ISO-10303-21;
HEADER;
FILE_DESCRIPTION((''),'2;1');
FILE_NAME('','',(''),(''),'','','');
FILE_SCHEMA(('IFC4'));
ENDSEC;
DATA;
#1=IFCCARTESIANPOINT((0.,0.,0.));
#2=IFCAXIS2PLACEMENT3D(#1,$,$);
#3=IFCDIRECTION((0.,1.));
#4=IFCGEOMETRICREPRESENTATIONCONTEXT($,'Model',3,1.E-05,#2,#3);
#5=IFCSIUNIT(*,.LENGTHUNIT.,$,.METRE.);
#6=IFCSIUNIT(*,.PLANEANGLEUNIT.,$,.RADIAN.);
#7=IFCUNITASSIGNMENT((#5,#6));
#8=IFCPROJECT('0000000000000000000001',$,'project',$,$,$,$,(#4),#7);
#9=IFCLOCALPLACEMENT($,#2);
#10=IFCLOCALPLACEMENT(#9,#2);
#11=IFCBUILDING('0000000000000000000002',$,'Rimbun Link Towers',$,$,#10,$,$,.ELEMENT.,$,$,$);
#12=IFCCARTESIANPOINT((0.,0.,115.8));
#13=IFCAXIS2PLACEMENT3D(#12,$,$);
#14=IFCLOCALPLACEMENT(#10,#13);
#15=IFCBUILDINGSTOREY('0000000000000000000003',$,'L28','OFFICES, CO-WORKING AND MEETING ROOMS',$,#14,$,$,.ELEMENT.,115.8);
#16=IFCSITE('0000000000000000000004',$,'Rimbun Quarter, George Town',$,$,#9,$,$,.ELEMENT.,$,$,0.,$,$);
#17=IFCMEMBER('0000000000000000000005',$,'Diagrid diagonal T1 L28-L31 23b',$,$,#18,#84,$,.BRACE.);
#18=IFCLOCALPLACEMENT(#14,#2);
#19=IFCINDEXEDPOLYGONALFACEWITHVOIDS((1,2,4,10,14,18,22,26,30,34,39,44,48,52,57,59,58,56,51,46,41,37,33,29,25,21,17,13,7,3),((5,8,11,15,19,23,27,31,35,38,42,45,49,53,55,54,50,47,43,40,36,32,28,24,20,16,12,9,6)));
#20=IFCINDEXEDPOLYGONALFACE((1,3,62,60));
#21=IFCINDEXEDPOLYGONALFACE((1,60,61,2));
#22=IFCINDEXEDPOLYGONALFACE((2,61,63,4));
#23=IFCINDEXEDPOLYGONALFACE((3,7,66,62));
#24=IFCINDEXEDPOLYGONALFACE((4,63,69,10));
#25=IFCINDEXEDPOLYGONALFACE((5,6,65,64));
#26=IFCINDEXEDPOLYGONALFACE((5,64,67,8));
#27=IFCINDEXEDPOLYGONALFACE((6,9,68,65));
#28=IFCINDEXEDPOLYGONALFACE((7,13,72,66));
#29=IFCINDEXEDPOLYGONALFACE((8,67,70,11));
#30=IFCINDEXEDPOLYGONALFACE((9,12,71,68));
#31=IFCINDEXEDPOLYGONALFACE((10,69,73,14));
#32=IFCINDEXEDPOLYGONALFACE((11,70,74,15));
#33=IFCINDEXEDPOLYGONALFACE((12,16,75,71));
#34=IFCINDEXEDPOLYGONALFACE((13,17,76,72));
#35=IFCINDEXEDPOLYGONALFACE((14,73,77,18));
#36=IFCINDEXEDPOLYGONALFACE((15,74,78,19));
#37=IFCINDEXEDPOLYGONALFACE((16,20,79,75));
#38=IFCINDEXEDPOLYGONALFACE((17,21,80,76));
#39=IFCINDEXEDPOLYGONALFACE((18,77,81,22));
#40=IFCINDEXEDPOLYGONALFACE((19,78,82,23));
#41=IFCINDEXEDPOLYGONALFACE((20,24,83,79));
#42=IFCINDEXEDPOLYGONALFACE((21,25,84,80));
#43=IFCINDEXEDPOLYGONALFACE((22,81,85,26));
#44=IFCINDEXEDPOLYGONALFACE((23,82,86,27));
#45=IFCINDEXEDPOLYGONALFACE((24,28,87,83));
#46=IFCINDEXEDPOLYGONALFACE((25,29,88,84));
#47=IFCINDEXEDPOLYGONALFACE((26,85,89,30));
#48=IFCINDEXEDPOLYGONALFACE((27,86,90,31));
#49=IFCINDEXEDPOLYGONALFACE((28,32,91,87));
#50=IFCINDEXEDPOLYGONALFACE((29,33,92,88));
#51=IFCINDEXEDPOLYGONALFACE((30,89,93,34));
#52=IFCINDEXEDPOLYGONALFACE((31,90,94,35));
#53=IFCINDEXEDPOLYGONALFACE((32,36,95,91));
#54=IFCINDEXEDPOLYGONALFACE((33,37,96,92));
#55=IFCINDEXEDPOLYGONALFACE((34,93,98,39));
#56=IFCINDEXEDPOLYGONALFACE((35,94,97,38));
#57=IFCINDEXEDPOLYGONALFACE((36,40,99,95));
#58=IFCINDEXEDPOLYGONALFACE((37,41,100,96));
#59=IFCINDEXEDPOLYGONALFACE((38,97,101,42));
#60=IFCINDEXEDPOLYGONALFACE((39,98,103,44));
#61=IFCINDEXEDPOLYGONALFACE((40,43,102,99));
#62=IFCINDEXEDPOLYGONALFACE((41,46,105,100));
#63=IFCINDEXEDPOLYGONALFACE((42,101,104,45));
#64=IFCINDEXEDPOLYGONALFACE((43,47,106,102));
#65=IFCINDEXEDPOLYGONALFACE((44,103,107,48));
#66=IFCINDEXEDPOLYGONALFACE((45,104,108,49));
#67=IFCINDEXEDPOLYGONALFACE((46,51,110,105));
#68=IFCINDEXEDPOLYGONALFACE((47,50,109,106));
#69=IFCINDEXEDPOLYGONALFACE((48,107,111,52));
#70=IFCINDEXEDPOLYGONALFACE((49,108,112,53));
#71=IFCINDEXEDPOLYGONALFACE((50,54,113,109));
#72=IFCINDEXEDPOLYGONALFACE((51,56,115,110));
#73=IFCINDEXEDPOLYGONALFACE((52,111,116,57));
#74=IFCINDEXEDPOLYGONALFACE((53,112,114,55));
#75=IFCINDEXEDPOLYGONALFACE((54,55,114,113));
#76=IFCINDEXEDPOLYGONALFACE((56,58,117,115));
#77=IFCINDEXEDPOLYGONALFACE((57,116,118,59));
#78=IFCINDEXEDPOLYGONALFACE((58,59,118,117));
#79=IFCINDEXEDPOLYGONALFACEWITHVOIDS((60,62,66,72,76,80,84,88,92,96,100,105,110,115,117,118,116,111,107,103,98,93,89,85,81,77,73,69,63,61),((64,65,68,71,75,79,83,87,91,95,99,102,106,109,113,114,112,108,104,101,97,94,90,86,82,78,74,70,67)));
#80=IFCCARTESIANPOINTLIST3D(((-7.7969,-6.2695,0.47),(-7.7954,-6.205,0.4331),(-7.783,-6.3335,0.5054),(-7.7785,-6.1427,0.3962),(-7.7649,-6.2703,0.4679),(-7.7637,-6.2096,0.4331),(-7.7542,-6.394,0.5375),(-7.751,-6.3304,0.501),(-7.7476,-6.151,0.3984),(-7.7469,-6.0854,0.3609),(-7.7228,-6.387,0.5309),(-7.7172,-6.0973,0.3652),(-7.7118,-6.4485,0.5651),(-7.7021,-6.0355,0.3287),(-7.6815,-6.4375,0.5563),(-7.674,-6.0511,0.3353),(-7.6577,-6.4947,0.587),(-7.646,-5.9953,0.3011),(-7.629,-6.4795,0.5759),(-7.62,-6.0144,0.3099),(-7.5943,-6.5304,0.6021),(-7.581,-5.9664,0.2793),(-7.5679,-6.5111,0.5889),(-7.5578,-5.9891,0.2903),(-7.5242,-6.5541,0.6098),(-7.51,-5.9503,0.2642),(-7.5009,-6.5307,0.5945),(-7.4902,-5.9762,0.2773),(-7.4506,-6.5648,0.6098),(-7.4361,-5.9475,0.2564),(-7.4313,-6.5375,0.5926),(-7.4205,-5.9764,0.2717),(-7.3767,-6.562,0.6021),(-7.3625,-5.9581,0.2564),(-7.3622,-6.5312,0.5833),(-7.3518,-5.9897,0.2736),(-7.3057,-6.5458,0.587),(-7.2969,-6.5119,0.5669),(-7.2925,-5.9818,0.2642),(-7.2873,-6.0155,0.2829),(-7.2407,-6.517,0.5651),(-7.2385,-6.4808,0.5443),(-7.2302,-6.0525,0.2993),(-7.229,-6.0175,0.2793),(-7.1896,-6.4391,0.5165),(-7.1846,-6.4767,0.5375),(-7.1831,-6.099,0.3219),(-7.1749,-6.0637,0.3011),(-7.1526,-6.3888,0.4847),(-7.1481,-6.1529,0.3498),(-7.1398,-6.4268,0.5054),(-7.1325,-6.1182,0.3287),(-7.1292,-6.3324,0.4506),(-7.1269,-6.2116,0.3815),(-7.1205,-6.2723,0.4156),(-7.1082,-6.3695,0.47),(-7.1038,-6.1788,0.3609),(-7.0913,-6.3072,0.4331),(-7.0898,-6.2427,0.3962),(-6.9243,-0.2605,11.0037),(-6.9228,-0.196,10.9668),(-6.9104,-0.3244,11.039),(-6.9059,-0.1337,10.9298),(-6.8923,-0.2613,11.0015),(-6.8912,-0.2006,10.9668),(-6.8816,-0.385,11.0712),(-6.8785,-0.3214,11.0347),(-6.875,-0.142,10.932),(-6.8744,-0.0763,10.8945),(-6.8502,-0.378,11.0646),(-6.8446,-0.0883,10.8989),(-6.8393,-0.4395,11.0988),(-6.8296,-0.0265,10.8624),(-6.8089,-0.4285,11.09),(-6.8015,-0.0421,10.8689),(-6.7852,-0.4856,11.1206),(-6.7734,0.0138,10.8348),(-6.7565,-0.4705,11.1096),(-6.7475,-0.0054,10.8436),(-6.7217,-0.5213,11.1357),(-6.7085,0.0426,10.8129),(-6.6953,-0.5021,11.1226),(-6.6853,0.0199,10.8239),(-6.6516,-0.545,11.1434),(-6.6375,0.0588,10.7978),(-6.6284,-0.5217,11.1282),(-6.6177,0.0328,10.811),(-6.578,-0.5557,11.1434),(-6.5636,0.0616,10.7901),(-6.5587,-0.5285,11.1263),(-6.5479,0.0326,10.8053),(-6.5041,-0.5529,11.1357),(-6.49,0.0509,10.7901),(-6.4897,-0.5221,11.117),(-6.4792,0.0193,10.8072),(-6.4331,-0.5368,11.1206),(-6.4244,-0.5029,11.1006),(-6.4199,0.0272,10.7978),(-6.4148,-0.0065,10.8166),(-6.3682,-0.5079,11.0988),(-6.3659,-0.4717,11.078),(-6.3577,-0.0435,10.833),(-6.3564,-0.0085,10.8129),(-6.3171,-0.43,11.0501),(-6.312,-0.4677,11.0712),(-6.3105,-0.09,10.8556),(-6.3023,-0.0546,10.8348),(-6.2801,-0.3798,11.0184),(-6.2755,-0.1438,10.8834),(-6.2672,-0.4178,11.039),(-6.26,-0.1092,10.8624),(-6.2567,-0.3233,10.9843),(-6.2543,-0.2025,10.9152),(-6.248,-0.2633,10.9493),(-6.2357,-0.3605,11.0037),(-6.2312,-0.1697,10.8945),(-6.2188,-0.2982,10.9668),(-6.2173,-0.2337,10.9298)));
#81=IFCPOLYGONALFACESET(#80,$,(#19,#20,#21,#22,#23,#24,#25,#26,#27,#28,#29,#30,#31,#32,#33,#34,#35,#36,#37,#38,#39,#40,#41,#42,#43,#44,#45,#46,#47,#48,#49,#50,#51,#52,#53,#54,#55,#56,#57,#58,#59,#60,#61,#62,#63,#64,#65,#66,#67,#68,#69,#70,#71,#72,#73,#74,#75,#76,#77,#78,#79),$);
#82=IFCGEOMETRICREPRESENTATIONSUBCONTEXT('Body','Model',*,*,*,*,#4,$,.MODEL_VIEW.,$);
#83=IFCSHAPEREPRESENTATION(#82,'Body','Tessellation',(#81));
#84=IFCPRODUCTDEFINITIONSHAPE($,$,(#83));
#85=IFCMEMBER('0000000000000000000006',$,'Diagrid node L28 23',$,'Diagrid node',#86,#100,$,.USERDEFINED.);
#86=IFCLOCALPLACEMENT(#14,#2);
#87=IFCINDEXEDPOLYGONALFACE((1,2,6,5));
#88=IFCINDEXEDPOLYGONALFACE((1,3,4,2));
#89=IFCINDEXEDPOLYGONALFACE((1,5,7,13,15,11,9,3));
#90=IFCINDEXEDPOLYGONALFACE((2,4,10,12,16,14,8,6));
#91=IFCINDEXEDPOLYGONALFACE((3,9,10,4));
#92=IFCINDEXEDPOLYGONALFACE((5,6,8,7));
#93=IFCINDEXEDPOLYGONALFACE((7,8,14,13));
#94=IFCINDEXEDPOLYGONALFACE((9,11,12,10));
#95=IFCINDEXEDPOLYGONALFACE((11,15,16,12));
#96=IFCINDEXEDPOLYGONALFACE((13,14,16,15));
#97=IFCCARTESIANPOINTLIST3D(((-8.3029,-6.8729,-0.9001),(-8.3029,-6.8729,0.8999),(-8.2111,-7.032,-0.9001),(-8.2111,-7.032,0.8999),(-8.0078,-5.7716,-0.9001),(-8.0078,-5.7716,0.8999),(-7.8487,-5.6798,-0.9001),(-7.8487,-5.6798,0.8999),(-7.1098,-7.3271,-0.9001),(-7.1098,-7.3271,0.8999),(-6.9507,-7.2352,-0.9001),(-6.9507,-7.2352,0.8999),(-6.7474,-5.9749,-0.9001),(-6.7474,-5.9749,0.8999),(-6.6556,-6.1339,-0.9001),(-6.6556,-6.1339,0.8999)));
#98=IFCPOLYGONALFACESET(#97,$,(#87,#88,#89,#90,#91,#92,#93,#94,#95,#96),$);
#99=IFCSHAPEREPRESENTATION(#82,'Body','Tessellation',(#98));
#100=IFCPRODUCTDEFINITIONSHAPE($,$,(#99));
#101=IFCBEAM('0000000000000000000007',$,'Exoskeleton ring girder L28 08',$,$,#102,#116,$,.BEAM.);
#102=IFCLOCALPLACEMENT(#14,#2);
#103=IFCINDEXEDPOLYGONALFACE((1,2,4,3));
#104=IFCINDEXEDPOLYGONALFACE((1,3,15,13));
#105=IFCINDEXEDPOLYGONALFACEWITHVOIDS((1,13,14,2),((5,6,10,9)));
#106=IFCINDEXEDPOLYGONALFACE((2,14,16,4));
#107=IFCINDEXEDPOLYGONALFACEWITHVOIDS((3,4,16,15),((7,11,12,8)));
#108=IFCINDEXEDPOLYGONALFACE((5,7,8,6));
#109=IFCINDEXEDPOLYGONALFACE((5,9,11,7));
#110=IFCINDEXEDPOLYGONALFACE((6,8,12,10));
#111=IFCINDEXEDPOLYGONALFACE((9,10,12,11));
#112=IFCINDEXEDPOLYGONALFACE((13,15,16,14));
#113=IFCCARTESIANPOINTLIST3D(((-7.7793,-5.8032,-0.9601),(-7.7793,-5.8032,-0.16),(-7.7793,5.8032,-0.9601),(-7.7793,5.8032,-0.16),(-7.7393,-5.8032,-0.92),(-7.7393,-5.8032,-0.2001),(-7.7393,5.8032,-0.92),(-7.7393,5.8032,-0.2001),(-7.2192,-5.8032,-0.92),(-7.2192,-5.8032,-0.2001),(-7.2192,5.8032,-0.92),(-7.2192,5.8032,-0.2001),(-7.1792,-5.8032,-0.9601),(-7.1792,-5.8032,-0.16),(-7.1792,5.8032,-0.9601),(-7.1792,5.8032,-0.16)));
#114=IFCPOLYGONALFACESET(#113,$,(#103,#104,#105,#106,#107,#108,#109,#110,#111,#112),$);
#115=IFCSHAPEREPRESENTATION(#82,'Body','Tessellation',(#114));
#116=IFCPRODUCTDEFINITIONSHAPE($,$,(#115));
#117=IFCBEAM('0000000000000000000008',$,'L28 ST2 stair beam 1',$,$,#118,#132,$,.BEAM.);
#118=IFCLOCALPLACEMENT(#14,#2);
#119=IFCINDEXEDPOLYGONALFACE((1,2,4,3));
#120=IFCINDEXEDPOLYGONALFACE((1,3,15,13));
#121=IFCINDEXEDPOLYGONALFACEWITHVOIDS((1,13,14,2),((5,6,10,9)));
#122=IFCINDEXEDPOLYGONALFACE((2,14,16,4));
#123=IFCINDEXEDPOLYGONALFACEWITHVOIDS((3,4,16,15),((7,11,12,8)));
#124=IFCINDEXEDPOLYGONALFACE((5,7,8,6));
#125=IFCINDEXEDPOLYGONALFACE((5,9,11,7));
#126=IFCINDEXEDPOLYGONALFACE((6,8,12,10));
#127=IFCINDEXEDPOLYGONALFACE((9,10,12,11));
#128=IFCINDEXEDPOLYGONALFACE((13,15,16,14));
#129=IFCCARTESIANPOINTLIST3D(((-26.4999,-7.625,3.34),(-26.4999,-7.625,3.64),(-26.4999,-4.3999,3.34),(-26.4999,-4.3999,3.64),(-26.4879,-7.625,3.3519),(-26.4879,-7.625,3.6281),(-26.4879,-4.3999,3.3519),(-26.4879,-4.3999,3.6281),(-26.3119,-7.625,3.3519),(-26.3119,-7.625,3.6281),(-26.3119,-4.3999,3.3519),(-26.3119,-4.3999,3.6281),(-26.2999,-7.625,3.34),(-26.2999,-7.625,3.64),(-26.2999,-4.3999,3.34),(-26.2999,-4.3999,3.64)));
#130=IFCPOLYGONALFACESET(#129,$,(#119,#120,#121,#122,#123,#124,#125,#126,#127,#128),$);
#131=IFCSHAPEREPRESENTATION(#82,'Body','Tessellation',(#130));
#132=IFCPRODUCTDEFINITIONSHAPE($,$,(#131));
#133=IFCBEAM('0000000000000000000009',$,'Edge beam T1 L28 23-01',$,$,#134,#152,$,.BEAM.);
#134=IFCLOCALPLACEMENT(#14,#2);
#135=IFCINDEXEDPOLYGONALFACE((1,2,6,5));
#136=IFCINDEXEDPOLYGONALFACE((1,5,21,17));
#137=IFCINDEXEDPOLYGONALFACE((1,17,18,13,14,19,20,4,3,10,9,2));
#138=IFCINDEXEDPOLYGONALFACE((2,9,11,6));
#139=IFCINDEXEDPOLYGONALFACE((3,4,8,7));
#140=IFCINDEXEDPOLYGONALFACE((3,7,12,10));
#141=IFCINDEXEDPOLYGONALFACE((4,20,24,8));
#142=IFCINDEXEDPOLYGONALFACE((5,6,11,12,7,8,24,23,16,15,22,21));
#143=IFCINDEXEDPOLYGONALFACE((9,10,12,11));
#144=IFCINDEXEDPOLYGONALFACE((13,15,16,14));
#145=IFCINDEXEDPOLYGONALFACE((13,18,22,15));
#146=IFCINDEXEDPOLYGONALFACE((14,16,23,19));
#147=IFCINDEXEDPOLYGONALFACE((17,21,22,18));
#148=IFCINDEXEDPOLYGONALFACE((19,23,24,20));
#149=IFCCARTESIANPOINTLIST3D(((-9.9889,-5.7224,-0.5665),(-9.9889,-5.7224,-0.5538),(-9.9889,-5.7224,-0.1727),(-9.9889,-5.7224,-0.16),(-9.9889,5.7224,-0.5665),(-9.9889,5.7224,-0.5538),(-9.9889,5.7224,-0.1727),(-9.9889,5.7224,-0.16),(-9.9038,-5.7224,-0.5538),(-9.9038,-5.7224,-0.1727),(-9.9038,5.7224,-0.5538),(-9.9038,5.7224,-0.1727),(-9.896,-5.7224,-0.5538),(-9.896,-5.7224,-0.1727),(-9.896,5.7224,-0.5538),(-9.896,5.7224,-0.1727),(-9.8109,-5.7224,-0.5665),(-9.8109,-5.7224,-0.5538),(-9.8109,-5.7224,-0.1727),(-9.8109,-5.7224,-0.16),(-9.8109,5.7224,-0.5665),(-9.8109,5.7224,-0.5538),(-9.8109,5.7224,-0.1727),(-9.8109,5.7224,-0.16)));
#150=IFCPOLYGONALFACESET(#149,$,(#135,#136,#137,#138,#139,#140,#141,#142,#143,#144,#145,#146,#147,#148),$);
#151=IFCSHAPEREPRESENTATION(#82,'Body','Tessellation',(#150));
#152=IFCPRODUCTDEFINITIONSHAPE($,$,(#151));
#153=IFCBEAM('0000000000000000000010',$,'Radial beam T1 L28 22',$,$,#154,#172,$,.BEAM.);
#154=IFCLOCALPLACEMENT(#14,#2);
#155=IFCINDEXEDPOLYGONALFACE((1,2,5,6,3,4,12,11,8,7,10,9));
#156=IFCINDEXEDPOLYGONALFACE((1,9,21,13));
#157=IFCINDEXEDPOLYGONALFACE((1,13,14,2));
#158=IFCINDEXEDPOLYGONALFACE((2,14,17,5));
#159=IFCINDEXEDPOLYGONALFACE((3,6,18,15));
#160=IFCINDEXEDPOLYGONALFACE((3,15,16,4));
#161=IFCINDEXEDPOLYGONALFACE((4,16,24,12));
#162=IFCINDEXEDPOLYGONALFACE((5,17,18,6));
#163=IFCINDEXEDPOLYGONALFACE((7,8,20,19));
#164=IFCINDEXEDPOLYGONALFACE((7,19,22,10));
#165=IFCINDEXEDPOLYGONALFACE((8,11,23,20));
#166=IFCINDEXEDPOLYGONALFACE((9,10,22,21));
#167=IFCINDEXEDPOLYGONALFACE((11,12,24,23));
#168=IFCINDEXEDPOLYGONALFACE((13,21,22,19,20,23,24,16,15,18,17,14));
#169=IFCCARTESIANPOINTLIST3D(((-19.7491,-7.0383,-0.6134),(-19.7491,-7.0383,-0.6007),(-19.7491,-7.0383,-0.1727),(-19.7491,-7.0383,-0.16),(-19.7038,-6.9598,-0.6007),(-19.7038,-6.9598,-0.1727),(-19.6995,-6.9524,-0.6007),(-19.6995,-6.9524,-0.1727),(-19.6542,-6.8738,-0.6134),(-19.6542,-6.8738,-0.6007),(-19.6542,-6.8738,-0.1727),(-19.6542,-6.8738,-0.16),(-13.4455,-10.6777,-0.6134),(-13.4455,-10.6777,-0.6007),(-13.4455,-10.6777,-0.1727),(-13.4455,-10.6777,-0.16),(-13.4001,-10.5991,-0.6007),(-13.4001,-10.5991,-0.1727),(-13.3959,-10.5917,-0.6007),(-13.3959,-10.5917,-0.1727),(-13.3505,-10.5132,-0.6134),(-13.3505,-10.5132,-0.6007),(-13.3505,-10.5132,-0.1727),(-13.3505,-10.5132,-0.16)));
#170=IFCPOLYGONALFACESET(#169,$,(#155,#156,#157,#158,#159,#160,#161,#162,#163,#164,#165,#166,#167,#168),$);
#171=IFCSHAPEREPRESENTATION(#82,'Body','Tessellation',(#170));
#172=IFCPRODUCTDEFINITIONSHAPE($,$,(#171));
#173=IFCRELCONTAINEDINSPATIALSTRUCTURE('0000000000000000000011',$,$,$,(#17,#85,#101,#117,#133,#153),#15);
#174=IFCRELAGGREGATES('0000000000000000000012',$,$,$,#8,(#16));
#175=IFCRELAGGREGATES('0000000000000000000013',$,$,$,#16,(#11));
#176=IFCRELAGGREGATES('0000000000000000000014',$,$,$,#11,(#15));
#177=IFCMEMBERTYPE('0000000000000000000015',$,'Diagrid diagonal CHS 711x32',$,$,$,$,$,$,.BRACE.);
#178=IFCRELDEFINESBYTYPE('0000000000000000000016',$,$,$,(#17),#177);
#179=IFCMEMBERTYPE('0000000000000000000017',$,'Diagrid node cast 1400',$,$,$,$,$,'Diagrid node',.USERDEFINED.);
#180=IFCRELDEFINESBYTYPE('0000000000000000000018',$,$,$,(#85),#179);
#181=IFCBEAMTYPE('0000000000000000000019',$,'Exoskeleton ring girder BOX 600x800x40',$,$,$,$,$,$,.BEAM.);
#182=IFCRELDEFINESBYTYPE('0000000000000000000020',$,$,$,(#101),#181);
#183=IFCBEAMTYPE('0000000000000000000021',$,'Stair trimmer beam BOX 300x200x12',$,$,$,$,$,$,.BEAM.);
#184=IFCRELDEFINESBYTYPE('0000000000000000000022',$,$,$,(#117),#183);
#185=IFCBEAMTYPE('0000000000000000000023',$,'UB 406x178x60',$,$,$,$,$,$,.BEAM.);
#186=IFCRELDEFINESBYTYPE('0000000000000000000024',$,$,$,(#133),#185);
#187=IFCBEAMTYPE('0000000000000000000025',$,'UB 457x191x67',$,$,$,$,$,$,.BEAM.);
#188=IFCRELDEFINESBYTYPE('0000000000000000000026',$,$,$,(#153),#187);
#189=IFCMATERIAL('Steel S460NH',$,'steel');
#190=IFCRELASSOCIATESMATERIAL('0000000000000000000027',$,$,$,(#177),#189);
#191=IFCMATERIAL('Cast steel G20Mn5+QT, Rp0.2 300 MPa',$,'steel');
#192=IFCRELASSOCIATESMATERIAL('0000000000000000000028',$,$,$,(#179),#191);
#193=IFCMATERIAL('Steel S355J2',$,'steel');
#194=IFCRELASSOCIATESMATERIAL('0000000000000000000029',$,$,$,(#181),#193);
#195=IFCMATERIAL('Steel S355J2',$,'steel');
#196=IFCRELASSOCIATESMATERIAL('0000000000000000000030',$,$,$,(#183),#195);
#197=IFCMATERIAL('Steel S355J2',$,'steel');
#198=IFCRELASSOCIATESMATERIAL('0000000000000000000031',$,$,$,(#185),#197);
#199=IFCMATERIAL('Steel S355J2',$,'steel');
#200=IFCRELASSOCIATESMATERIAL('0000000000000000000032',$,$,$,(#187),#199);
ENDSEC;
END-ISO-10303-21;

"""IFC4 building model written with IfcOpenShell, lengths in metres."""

from ifc_helpers import new_model, si_unit, direction, frame, origin, origin_2d, place, context, subcontext, project, spatial, polyline, hollow_rectangle, hollow_circle, i_section, outline, extrude, material, material_profile, profile_set, type_object, element, save


model = new_model("IFC4")

# Units and contexts
model_context = context("Model", 3, precision=1e-05, world=origin(), true_north=direction((0.0, 1.0)))
body_context = subcontext(model_context, "Body", "Model", "MODEL_VIEW")
ifc_project = project(units=[si_unit("LENGTHUNIT", "METRE"), si_unit("PLANEANGLEUNIT", "RADIAN")], contexts=[model_context])

# Site, building, storey
site_placement = place(None, origin())
site = spatial("IfcSite", under=ifc_project, at=site_placement, Name="Rimbun Quarter, George Town", CompositionType="ELEMENT", RefElevation=0.0)
building_placement = place(site_placement, origin())
building = spatial("IfcBuilding", under=site, at=building_placement, Name="Rimbun Link Towers", CompositionType="ELEMENT")
storey_placement = place(building_placement, frame((0.0, 0.0, 115.8)))
storey = spatial("IfcBuildingStorey", under=building, at=storey_placement, Name="L28", Description="OFFICES, CO-WORKING AND MEETING ROOMS", CompositionType="ELEMENT", Elevation=115.8)

# Members
ifc_material_1 = material(Name="Steel S460NH", Category="steel")
ifc_material_profile_1 = material_profile(ifc_material_1, hollow_circle(Radius=0.3557, WallThickness=0.032, at=origin_2d()), Name="Diagrid diagonal CHS 711x32")
ifc_profile_set_1 = profile_set([ifc_material_profile_1], Name="Steel S460NH")
member_type_1 = type_object("IfcMemberType", Name="Diagrid diagonal CHS 711x32", PredefinedType="BRACE", material=ifc_profile_set_1)
member_1_placement = place(storey_placement, frame((-7.4434, -6.2561, 0.4331), z_axis=(0.071765, 0.494226, 0.866366), x_axis=(-0.989621, 0.143701, 0.0)))
element("IfcMember", 1, at=member_1_placement, inside=storey, type_object=member_type_1, Name="Diagrid diagonal T1 L28-L31 23b", PredefinedType="BRACE", context=body_context, shape_type="SweptSolid", body=[
    extrude(hollow_circle(Radius=0.3557, WallThickness=0.032, at=origin_2d()), origin(), (0.0, 0.0, 1.0), 12.1584),
])
ifc_material_2 = material(Name="Cast steel G20Mn5+QT, Rp0.2 300 MPa", Category="steel")
ifc_material_profile_2 = material_profile(ifc_material_2, outline(polyline([(0.7, -0.5701), (0.7, 0.5701), (0.5701, 0.7), (-0.5701, 0.7), (-0.7, 0.5701), (-0.7, -0.5701), (-0.5701, -0.7), (0.5701, -0.7), (0.7, -0.5701)])), Name="NODE 1400x1400")
ifc_profile_set_2 = profile_set([ifc_material_profile_2], Name="Cast steel G20Mn5+QT, Rp0.2 300 MPa")
member_type_2 = type_object("IfcMemberType", Name="Diagrid node cast 1400", ElementType="Diagrid node", PredefinedType="USERDEFINED", material=ifc_profile_set_2)
member_2_placement = place(storey_placement, frame((-7.4792, -6.5034, -0.9001), z_axis=(0.0, 0.0, 1.0), x_axis=(0.965926, -0.258819, 0.0)))
element("IfcMember", 2, at=member_2_placement, inside=storey, type_object=member_type_2, Name="Diagrid node L28 23", ObjectType="Diagrid node", PredefinedType="USERDEFINED", context=body_context, shape_type="SweptSolid", body=[
    extrude(outline(polyline([(0.7, -0.5701), (0.7, 0.5701), (0.5701, 0.7), (-0.5701, 0.7), (-0.7, 0.5701), (-0.7, -0.5701), (-0.5701, -0.7), (0.5701, -0.7), (0.7, -0.5701)])), origin(), (0.0, 0.0, 1.0), 1.8),
])

# Beams
ifc_material_3 = material(Name="Steel S355J2", Category="steel")
ifc_material_profile_3 = material_profile(ifc_material_3, hollow_rectangle(XDim=0.6001, YDim=0.8, WallThickness=0.04, at=origin_2d()), Name="Exoskeleton ring girder BOX 600x800x40")
ifc_profile_set_3 = profile_set([ifc_material_profile_3], Name="Steel S355J2")
beam_type_1 = type_object("IfcBeamType", Name="Exoskeleton ring girder BOX 600x800x40", PredefinedType="BEAM", material=ifc_profile_set_3)
beam_1_placement = place(storey_placement, frame((-7.4792, -5.8032, -0.5601), z_axis=(0.0, 1.0, 0.0), x_axis=(-1.0, 0.0, 0.0)))
element("IfcBeam", 3, at=beam_1_placement, inside=storey, type_object=beam_type_1, Name="Exoskeleton ring girder L28 08", PredefinedType="BEAM", context=body_context, shape_type="SweptSolid", body=[
    extrude(hollow_rectangle(XDim=0.6001, YDim=0.8, WallThickness=0.04, at=origin_2d()), origin(), (0.0, 0.0, 1.0), 11.6064),
])
ifc_material_4 = material(Name="Steel S355J2", Category="steel")
ifc_material_profile_4 = material_profile(ifc_material_4, hollow_rectangle(XDim=0.2, YDim=0.3, WallThickness=0.012, at=origin_2d()), Name="BOX 300x200x12")
ifc_profile_set_4 = profile_set([ifc_material_profile_4], Name="Steel S355J2")
beam_type_2 = type_object("IfcBeamType", Name="Stair trimmer beam BOX 300x200x12", PredefinedType="BEAM", material=ifc_profile_set_4)
beam_2_placement = place(storey_placement, frame((-26.3999, -7.625, 3.49), z_axis=(0.0, 1.0, 0.0), x_axis=(-1.0, 0.0, 0.0)))
element("IfcBeam", 4, at=beam_2_placement, inside=storey, type_object=beam_type_2, Name="L28 ST2 stair beam 1", PredefinedType="BEAM", context=body_context, shape_type="SweptSolid", body=[
    extrude(hollow_rectangle(XDim=0.2, YDim=0.3, WallThickness=0.012, at=origin_2d()), origin(), (0.0, 0.0, 1.0), 3.2251),
])
ifc_material_5 = material(Name="Steel S355J2", Category="steel")
ifc_material_profile_5 = material_profile(ifc_material_5, i_section(OverallWidth=0.178, OverallDepth=0.4065, WebThickness=0.0078, FlangeThickness=0.0127, at=origin_2d()), Name="UB 406x178x60")
ifc_profile_set_5 = profile_set([ifc_material_profile_5], Name="Steel S355J2")
beam_type_3 = type_object("IfcBeamType", Name="UB 406x178x60", PredefinedType="BEAM", material=ifc_profile_set_5)
beam_3_placement = place(storey_placement, frame((-9.8999, -5.7224, -0.3633), z_axis=(0.0, 1.0, 0.0), x_axis=(-1.0, 0.0, 0.0)))
element("IfcBeam", 5, at=beam_3_placement, inside=storey, type_object=beam_type_3, Name="Edge beam T1 L28 23-01", PredefinedType="BEAM", context=body_context, shape_type="SweptSolid", body=[
    extrude(i_section(OverallWidth=0.178, OverallDepth=0.4065, WebThickness=0.0078, FlangeThickness=0.0127, at=origin_2d()), origin(), (0.0, 0.0, 1.0), 11.4448),
])
ifc_material_6 = material(Name="Steel S355J2", Category="steel")
ifc_material_profile_6 = material_profile(ifc_material_6, i_section(OverallWidth=0.1899, OverallDepth=0.4534, WebThickness=0.0085, FlangeThickness=0.0127, at=origin_2d()), Name="UB 457x191x67")
ifc_profile_set_6 = profile_set([ifc_material_profile_6], Name="Steel S355J2")
beam_type_4 = type_object("IfcBeamType", Name="UB 457x191x67", PredefinedType="BEAM", material=ifc_profile_set_6)
beam_4_placement = place(storey_placement, frame((-19.7017, -6.9561, -0.3867), z_axis=(0.866028, -0.499995, 0.0), x_axis=(0.499995, 0.866028, 0.0)))
element("IfcBeam", 6, at=beam_4_placement, inside=storey, type_object=beam_type_4, Name="Radial beam T1 L28 22", PredefinedType="BEAM", context=body_context, shape_type="SweptSolid", body=[
    extrude(i_section(OverallWidth=0.1899, OverallDepth=0.4534, WebThickness=0.0085, FlangeThickness=0.0127, at=origin_2d()), origin(), (0.0, 0.0, 1.0), 7.2788),
])

save(model, "model.ifc")
